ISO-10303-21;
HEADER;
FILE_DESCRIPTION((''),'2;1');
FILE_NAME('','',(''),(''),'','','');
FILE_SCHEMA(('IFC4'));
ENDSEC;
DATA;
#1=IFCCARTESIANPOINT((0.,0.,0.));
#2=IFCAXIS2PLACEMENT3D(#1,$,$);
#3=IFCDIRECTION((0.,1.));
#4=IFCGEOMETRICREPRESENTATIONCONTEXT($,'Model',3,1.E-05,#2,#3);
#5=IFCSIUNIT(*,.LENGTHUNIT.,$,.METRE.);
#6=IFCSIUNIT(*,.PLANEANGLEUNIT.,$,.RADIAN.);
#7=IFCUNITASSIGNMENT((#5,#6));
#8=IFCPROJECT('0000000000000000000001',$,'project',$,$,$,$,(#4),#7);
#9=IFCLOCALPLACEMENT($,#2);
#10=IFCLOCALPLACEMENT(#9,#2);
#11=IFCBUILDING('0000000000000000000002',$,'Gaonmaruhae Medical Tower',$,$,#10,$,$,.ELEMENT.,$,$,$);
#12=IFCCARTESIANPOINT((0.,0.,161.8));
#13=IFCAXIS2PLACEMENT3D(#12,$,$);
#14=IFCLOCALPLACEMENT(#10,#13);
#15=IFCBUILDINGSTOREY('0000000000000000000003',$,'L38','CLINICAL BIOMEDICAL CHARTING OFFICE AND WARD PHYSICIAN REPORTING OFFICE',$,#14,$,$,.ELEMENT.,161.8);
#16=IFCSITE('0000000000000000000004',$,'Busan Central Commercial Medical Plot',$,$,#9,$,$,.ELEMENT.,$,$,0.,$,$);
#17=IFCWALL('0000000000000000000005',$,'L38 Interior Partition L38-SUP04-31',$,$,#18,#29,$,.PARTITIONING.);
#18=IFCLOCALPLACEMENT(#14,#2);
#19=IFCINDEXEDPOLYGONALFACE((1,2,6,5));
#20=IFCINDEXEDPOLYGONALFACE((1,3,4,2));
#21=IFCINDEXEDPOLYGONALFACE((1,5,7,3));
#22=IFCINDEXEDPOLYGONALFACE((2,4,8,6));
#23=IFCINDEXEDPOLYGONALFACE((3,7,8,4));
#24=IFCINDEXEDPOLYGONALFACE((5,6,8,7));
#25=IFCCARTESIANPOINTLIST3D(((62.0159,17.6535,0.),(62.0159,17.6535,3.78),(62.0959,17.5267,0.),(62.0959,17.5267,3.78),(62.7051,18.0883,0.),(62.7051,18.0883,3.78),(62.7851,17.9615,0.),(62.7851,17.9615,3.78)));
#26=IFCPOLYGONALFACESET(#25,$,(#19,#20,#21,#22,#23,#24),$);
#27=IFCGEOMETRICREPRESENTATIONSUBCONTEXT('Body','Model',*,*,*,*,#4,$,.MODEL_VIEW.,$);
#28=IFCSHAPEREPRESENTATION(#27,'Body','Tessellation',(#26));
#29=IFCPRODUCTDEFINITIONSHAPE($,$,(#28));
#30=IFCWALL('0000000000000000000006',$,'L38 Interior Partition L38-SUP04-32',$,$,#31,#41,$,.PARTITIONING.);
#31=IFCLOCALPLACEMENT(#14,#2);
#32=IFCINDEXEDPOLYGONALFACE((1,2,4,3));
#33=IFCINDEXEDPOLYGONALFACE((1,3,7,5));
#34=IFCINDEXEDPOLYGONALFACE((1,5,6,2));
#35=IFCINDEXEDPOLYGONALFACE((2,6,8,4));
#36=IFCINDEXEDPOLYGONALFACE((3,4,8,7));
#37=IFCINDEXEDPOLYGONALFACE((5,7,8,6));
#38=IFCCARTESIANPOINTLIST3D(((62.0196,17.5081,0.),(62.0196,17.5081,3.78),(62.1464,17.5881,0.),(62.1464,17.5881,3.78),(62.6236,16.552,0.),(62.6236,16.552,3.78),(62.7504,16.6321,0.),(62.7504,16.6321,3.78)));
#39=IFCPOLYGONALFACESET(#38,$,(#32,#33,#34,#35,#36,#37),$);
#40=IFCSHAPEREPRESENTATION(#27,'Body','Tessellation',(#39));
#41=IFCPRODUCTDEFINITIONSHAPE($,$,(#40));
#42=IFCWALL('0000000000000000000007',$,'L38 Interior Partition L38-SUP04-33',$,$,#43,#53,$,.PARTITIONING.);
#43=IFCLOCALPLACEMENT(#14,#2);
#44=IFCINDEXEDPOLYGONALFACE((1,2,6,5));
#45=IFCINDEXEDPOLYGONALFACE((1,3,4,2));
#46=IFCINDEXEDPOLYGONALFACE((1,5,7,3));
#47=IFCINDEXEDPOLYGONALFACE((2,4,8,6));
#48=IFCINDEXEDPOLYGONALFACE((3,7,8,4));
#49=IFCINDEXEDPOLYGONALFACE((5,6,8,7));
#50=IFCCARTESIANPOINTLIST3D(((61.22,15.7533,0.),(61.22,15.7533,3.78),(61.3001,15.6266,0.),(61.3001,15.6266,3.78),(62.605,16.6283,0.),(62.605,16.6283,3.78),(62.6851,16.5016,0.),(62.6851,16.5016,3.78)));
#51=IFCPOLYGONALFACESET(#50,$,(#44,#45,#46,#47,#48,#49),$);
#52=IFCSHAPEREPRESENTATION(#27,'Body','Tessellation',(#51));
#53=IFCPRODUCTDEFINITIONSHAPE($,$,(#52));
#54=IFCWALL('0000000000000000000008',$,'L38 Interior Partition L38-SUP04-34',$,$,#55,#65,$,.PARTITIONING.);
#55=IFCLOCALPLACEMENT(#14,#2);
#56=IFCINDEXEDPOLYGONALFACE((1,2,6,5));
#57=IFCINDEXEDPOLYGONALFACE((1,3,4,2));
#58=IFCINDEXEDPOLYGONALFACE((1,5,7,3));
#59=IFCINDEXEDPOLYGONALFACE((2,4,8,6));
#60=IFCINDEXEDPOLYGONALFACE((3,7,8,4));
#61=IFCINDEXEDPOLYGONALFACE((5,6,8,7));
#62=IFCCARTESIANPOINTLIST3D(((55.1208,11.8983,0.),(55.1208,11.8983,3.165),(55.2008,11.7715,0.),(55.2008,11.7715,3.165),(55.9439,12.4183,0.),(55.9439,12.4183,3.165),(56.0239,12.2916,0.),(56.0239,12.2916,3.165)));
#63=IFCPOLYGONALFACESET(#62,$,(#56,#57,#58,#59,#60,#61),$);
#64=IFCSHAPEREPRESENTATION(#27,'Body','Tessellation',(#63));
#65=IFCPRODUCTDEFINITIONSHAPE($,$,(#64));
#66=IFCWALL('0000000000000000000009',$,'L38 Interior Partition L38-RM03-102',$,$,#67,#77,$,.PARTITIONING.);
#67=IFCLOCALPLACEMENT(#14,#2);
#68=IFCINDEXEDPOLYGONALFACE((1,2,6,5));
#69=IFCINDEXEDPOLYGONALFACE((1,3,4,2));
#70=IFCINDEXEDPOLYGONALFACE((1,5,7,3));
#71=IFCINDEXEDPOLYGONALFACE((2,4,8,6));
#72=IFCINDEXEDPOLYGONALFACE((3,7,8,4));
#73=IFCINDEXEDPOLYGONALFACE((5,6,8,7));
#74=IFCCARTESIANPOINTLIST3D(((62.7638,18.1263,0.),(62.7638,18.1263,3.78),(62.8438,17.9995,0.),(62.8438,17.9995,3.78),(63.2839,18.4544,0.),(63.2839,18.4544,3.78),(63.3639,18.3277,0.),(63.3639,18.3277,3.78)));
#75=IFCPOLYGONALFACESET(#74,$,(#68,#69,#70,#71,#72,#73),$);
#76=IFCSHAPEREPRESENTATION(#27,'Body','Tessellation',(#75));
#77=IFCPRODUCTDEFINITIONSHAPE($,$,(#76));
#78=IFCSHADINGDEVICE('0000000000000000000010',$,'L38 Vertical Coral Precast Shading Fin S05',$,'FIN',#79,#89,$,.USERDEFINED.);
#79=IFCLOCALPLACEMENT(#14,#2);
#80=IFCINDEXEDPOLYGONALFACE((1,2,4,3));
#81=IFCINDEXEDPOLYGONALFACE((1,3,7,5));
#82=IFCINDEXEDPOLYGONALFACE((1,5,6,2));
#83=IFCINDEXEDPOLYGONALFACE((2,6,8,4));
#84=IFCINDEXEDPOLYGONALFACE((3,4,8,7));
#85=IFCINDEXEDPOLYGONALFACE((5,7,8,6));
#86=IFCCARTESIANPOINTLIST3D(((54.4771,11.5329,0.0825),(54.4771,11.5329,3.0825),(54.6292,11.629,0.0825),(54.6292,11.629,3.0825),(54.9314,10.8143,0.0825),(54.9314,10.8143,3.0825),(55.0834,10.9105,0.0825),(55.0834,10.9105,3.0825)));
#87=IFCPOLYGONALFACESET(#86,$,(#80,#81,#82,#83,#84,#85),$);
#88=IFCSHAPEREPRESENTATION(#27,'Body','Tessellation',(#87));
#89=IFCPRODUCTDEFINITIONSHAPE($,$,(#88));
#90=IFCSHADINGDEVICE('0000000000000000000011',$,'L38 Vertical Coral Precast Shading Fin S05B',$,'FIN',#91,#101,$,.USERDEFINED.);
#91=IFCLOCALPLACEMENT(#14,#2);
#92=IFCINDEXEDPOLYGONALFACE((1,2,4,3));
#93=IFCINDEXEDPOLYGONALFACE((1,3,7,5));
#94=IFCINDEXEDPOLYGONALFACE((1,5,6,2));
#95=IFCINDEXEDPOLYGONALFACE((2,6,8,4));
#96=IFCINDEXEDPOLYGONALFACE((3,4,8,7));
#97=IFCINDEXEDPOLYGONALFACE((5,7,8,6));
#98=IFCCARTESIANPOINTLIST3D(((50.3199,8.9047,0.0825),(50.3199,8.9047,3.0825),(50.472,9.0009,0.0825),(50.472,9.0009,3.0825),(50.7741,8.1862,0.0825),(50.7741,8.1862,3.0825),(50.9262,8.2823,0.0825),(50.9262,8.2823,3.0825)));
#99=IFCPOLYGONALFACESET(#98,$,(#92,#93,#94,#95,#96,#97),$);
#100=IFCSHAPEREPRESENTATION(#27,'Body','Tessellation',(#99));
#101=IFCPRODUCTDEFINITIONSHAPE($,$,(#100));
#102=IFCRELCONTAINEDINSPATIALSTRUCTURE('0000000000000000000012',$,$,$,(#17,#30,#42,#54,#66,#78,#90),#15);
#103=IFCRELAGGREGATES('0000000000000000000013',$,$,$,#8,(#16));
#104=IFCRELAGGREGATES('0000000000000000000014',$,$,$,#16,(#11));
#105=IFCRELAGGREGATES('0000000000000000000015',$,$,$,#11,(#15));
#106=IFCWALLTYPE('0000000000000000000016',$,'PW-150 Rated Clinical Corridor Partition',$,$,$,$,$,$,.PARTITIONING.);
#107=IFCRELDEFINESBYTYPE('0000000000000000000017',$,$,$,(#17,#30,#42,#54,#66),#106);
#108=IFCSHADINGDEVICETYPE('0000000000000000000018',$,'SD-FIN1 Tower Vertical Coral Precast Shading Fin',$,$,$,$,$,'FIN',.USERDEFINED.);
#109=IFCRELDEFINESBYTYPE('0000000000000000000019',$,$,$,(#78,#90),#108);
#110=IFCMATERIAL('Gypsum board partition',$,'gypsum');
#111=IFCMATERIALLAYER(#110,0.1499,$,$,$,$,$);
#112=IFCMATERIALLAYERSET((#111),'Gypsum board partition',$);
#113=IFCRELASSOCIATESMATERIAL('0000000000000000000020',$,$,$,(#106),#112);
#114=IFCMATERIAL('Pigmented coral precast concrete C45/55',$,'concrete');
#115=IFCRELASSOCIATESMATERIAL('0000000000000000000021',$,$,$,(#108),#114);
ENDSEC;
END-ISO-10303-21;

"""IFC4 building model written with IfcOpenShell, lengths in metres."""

from ifc_helpers import new_model, si_unit, direction, frame, frame_2d, origin, origin_2d, place, context, subcontext, project, spatial, rectangle, extrude, material, layer, layer_set, type_object, element, save


model = new_model("IFC4")

# Units and contexts
model_context = context("Model", 3, precision=1e-05, world=origin(), true_north=direction((0.0, 1.0)))
body_context = subcontext(model_context, "Body", "Model", "MODEL_VIEW")
ifc_project = project(units=[si_unit("LENGTHUNIT", "METRE"), si_unit("PLANEANGLEUNIT", "RADIAN")], contexts=[model_context])

# Site, building, storey
site_placement = place(None, origin())
site = spatial("IfcSite", under=ifc_project, at=site_placement, Name="Busan Central Commercial Medical Plot", CompositionType="ELEMENT", RefElevation=0.0)
building_placement = place(site_placement, origin())
building = spatial("IfcBuilding", under=site, at=building_placement, Name="Gaonmaruhae Medical Tower", CompositionType="ELEMENT")
storey_placement = place(building_placement, frame((0.0, 0.0, 161.8)))
storey = spatial("IfcBuildingStorey", under=building, at=storey_placement, Name="L38", Description="CLINICAL BIOMEDICAL CHARTING OFFICE AND WARD PHYSICIAN REPORTING OFFICE", CompositionType="ELEMENT", Elevation=161.8)

# Walls
ifc_material_1 = material(Name="Gypsum board partition", Category="gypsum")
ifc_layer_1 = layer(ifc_material_1, 0.1499)
ifc_layer_set_1 = layer_set([ifc_layer_1], Name="Gypsum board partition")
wall_type_1 = type_object("IfcWallType", Name="PW-150 Rated Clinical Corridor Partition", PredefinedType="PARTITIONING", material=ifc_layer_set_1)
wall_1_placement = place(storey_placement, frame((62.7451, 18.0249, 0.0), z_axis=(0.0, 0.0, 1.0), x_axis=(-0.845752, -0.533576, 0.0)))
element("IfcWall", 1, at=wall_1_placement, inside=storey, type_object=wall_type_1, Name="L38 Interior Partition L38-SUP04-31", PredefinedType="PARTITIONING", context=body_context, shape_type="SweptSolid", body=[
    extrude(rectangle(XDim=0.8149, YDim=0.1499, at=frame_2d((0.4075, 0.0))), origin(), (0.0, 0.0, 1.0), 3.78),
])
wall_2_placement = place(storey_placement, frame((62.083, 17.5481, 0.0), z_axis=(0.0, 0.0, 1.0), x_axis=(0.534107, -0.845417, 0.0)))
element("IfcWall", 2, at=wall_2_placement, inside=storey, type_object=wall_type_1, Name="L38 Interior Partition L38-SUP04-32", PredefinedType="PARTITIONING", context=body_context, shape_type="SweptSolid", body=[
    extrude(rectangle(XDim=1.1309, YDim=0.1499, at=frame_2d((0.5654, 0.0))), origin(), (0.0, 0.0, 1.0), 3.78),
])
wall_3_placement = place(storey_placement, frame((62.645, 16.5649, 0.0), z_axis=(0.0, 0.0, 1.0), x_axis=(-0.845418, -0.534105, 0.0)))
element("IfcWall", 3, at=wall_3_placement, inside=storey, type_object=wall_type_1, Name="L38 Interior Partition L38-SUP04-33", PredefinedType="PARTITIONING", context=body_context, shape_type="SweptSolid", body=[
    extrude(rectangle(XDim=1.6382, YDim=0.1499, at=frame_2d((0.8191, 0.0))), origin(), (0.0, 0.0, 1.0), 3.78),
])
wall_4_placement = place(storey_placement, frame((55.9839, 12.355, 0.0), z_axis=(0.0, 0.0, 1.0), x_axis=(-0.845382, -0.534163, 0.0)))
element("IfcWall", 4, at=wall_4_placement, inside=storey, type_object=wall_type_1, Name="L38 Interior Partition L38-SUP04-34", PredefinedType="PARTITIONING", context=body_context, shape_type="SweptSolid", body=[
    extrude(rectangle(XDim=0.9736, YDim=0.1499, at=frame_2d((0.4868, 0.0))), origin(), (0.0, 0.0, 1.0), 3.165),
])
wall_5_placement = place(storey_placement, frame((63.324, 18.3911, 0.0), z_axis=(0.0, 0.0, 1.0), x_axis=(-0.845715, -0.533634, 0.0)))
element("IfcWall", 5, at=wall_5_placement, inside=storey, type_object=wall_type_1, Name="L38 Interior Partition L38-RM03-102", PredefinedType="PARTITIONING", context=body_context, shape_type="SweptSolid", body=[
    extrude(rectangle(XDim=0.615, YDim=0.1499, at=frame_2d((0.3076, 0.0))), origin(), (0.0, 0.0, 1.0), 3.78),
])

# Shading devices
ifc_material_2 = material(Name="Pigmented coral precast concrete C45/55", Category="concrete")
shading_device_type = type_object("IfcShadingDeviceType", Name="SD-FIN1 Tower Vertical Coral Precast Shading Fin", ElementType="FIN", PredefinedType="USERDEFINED", material=ifc_material_2)
for number, where, z_axis, x_axis, name in (
    (6, (54.7803, 11.2217, 0.0825), (0.0, 0.0, 1.0), (-0.845262, -0.534352, 0.0), "L38 Vertical Coral Precast Shading Fin S05"),
    (7, (50.623, 8.5935, 0.0825), (0.0, 0.0, 1.0), (-0.845262, -0.534352, 0.0), "L38 Vertical Coral Precast Shading Fin S05B"),
):
    element("IfcShadingDevice", number, at=place(storey_placement, frame(where, z_axis=z_axis, x_axis=x_axis)), inside=storey, type_object=shading_device_type, Name=name, ObjectType="FIN", PredefinedType="USERDEFINED", context=body_context, shape_type="SweptSolid", body=[
        extrude(rectangle(XDim=0.1799, YDim=0.8501, at=origin_2d()), origin(), (0.0, 0.0, 1.0), 3.0),
    ])

save(model, "model.ifc")
